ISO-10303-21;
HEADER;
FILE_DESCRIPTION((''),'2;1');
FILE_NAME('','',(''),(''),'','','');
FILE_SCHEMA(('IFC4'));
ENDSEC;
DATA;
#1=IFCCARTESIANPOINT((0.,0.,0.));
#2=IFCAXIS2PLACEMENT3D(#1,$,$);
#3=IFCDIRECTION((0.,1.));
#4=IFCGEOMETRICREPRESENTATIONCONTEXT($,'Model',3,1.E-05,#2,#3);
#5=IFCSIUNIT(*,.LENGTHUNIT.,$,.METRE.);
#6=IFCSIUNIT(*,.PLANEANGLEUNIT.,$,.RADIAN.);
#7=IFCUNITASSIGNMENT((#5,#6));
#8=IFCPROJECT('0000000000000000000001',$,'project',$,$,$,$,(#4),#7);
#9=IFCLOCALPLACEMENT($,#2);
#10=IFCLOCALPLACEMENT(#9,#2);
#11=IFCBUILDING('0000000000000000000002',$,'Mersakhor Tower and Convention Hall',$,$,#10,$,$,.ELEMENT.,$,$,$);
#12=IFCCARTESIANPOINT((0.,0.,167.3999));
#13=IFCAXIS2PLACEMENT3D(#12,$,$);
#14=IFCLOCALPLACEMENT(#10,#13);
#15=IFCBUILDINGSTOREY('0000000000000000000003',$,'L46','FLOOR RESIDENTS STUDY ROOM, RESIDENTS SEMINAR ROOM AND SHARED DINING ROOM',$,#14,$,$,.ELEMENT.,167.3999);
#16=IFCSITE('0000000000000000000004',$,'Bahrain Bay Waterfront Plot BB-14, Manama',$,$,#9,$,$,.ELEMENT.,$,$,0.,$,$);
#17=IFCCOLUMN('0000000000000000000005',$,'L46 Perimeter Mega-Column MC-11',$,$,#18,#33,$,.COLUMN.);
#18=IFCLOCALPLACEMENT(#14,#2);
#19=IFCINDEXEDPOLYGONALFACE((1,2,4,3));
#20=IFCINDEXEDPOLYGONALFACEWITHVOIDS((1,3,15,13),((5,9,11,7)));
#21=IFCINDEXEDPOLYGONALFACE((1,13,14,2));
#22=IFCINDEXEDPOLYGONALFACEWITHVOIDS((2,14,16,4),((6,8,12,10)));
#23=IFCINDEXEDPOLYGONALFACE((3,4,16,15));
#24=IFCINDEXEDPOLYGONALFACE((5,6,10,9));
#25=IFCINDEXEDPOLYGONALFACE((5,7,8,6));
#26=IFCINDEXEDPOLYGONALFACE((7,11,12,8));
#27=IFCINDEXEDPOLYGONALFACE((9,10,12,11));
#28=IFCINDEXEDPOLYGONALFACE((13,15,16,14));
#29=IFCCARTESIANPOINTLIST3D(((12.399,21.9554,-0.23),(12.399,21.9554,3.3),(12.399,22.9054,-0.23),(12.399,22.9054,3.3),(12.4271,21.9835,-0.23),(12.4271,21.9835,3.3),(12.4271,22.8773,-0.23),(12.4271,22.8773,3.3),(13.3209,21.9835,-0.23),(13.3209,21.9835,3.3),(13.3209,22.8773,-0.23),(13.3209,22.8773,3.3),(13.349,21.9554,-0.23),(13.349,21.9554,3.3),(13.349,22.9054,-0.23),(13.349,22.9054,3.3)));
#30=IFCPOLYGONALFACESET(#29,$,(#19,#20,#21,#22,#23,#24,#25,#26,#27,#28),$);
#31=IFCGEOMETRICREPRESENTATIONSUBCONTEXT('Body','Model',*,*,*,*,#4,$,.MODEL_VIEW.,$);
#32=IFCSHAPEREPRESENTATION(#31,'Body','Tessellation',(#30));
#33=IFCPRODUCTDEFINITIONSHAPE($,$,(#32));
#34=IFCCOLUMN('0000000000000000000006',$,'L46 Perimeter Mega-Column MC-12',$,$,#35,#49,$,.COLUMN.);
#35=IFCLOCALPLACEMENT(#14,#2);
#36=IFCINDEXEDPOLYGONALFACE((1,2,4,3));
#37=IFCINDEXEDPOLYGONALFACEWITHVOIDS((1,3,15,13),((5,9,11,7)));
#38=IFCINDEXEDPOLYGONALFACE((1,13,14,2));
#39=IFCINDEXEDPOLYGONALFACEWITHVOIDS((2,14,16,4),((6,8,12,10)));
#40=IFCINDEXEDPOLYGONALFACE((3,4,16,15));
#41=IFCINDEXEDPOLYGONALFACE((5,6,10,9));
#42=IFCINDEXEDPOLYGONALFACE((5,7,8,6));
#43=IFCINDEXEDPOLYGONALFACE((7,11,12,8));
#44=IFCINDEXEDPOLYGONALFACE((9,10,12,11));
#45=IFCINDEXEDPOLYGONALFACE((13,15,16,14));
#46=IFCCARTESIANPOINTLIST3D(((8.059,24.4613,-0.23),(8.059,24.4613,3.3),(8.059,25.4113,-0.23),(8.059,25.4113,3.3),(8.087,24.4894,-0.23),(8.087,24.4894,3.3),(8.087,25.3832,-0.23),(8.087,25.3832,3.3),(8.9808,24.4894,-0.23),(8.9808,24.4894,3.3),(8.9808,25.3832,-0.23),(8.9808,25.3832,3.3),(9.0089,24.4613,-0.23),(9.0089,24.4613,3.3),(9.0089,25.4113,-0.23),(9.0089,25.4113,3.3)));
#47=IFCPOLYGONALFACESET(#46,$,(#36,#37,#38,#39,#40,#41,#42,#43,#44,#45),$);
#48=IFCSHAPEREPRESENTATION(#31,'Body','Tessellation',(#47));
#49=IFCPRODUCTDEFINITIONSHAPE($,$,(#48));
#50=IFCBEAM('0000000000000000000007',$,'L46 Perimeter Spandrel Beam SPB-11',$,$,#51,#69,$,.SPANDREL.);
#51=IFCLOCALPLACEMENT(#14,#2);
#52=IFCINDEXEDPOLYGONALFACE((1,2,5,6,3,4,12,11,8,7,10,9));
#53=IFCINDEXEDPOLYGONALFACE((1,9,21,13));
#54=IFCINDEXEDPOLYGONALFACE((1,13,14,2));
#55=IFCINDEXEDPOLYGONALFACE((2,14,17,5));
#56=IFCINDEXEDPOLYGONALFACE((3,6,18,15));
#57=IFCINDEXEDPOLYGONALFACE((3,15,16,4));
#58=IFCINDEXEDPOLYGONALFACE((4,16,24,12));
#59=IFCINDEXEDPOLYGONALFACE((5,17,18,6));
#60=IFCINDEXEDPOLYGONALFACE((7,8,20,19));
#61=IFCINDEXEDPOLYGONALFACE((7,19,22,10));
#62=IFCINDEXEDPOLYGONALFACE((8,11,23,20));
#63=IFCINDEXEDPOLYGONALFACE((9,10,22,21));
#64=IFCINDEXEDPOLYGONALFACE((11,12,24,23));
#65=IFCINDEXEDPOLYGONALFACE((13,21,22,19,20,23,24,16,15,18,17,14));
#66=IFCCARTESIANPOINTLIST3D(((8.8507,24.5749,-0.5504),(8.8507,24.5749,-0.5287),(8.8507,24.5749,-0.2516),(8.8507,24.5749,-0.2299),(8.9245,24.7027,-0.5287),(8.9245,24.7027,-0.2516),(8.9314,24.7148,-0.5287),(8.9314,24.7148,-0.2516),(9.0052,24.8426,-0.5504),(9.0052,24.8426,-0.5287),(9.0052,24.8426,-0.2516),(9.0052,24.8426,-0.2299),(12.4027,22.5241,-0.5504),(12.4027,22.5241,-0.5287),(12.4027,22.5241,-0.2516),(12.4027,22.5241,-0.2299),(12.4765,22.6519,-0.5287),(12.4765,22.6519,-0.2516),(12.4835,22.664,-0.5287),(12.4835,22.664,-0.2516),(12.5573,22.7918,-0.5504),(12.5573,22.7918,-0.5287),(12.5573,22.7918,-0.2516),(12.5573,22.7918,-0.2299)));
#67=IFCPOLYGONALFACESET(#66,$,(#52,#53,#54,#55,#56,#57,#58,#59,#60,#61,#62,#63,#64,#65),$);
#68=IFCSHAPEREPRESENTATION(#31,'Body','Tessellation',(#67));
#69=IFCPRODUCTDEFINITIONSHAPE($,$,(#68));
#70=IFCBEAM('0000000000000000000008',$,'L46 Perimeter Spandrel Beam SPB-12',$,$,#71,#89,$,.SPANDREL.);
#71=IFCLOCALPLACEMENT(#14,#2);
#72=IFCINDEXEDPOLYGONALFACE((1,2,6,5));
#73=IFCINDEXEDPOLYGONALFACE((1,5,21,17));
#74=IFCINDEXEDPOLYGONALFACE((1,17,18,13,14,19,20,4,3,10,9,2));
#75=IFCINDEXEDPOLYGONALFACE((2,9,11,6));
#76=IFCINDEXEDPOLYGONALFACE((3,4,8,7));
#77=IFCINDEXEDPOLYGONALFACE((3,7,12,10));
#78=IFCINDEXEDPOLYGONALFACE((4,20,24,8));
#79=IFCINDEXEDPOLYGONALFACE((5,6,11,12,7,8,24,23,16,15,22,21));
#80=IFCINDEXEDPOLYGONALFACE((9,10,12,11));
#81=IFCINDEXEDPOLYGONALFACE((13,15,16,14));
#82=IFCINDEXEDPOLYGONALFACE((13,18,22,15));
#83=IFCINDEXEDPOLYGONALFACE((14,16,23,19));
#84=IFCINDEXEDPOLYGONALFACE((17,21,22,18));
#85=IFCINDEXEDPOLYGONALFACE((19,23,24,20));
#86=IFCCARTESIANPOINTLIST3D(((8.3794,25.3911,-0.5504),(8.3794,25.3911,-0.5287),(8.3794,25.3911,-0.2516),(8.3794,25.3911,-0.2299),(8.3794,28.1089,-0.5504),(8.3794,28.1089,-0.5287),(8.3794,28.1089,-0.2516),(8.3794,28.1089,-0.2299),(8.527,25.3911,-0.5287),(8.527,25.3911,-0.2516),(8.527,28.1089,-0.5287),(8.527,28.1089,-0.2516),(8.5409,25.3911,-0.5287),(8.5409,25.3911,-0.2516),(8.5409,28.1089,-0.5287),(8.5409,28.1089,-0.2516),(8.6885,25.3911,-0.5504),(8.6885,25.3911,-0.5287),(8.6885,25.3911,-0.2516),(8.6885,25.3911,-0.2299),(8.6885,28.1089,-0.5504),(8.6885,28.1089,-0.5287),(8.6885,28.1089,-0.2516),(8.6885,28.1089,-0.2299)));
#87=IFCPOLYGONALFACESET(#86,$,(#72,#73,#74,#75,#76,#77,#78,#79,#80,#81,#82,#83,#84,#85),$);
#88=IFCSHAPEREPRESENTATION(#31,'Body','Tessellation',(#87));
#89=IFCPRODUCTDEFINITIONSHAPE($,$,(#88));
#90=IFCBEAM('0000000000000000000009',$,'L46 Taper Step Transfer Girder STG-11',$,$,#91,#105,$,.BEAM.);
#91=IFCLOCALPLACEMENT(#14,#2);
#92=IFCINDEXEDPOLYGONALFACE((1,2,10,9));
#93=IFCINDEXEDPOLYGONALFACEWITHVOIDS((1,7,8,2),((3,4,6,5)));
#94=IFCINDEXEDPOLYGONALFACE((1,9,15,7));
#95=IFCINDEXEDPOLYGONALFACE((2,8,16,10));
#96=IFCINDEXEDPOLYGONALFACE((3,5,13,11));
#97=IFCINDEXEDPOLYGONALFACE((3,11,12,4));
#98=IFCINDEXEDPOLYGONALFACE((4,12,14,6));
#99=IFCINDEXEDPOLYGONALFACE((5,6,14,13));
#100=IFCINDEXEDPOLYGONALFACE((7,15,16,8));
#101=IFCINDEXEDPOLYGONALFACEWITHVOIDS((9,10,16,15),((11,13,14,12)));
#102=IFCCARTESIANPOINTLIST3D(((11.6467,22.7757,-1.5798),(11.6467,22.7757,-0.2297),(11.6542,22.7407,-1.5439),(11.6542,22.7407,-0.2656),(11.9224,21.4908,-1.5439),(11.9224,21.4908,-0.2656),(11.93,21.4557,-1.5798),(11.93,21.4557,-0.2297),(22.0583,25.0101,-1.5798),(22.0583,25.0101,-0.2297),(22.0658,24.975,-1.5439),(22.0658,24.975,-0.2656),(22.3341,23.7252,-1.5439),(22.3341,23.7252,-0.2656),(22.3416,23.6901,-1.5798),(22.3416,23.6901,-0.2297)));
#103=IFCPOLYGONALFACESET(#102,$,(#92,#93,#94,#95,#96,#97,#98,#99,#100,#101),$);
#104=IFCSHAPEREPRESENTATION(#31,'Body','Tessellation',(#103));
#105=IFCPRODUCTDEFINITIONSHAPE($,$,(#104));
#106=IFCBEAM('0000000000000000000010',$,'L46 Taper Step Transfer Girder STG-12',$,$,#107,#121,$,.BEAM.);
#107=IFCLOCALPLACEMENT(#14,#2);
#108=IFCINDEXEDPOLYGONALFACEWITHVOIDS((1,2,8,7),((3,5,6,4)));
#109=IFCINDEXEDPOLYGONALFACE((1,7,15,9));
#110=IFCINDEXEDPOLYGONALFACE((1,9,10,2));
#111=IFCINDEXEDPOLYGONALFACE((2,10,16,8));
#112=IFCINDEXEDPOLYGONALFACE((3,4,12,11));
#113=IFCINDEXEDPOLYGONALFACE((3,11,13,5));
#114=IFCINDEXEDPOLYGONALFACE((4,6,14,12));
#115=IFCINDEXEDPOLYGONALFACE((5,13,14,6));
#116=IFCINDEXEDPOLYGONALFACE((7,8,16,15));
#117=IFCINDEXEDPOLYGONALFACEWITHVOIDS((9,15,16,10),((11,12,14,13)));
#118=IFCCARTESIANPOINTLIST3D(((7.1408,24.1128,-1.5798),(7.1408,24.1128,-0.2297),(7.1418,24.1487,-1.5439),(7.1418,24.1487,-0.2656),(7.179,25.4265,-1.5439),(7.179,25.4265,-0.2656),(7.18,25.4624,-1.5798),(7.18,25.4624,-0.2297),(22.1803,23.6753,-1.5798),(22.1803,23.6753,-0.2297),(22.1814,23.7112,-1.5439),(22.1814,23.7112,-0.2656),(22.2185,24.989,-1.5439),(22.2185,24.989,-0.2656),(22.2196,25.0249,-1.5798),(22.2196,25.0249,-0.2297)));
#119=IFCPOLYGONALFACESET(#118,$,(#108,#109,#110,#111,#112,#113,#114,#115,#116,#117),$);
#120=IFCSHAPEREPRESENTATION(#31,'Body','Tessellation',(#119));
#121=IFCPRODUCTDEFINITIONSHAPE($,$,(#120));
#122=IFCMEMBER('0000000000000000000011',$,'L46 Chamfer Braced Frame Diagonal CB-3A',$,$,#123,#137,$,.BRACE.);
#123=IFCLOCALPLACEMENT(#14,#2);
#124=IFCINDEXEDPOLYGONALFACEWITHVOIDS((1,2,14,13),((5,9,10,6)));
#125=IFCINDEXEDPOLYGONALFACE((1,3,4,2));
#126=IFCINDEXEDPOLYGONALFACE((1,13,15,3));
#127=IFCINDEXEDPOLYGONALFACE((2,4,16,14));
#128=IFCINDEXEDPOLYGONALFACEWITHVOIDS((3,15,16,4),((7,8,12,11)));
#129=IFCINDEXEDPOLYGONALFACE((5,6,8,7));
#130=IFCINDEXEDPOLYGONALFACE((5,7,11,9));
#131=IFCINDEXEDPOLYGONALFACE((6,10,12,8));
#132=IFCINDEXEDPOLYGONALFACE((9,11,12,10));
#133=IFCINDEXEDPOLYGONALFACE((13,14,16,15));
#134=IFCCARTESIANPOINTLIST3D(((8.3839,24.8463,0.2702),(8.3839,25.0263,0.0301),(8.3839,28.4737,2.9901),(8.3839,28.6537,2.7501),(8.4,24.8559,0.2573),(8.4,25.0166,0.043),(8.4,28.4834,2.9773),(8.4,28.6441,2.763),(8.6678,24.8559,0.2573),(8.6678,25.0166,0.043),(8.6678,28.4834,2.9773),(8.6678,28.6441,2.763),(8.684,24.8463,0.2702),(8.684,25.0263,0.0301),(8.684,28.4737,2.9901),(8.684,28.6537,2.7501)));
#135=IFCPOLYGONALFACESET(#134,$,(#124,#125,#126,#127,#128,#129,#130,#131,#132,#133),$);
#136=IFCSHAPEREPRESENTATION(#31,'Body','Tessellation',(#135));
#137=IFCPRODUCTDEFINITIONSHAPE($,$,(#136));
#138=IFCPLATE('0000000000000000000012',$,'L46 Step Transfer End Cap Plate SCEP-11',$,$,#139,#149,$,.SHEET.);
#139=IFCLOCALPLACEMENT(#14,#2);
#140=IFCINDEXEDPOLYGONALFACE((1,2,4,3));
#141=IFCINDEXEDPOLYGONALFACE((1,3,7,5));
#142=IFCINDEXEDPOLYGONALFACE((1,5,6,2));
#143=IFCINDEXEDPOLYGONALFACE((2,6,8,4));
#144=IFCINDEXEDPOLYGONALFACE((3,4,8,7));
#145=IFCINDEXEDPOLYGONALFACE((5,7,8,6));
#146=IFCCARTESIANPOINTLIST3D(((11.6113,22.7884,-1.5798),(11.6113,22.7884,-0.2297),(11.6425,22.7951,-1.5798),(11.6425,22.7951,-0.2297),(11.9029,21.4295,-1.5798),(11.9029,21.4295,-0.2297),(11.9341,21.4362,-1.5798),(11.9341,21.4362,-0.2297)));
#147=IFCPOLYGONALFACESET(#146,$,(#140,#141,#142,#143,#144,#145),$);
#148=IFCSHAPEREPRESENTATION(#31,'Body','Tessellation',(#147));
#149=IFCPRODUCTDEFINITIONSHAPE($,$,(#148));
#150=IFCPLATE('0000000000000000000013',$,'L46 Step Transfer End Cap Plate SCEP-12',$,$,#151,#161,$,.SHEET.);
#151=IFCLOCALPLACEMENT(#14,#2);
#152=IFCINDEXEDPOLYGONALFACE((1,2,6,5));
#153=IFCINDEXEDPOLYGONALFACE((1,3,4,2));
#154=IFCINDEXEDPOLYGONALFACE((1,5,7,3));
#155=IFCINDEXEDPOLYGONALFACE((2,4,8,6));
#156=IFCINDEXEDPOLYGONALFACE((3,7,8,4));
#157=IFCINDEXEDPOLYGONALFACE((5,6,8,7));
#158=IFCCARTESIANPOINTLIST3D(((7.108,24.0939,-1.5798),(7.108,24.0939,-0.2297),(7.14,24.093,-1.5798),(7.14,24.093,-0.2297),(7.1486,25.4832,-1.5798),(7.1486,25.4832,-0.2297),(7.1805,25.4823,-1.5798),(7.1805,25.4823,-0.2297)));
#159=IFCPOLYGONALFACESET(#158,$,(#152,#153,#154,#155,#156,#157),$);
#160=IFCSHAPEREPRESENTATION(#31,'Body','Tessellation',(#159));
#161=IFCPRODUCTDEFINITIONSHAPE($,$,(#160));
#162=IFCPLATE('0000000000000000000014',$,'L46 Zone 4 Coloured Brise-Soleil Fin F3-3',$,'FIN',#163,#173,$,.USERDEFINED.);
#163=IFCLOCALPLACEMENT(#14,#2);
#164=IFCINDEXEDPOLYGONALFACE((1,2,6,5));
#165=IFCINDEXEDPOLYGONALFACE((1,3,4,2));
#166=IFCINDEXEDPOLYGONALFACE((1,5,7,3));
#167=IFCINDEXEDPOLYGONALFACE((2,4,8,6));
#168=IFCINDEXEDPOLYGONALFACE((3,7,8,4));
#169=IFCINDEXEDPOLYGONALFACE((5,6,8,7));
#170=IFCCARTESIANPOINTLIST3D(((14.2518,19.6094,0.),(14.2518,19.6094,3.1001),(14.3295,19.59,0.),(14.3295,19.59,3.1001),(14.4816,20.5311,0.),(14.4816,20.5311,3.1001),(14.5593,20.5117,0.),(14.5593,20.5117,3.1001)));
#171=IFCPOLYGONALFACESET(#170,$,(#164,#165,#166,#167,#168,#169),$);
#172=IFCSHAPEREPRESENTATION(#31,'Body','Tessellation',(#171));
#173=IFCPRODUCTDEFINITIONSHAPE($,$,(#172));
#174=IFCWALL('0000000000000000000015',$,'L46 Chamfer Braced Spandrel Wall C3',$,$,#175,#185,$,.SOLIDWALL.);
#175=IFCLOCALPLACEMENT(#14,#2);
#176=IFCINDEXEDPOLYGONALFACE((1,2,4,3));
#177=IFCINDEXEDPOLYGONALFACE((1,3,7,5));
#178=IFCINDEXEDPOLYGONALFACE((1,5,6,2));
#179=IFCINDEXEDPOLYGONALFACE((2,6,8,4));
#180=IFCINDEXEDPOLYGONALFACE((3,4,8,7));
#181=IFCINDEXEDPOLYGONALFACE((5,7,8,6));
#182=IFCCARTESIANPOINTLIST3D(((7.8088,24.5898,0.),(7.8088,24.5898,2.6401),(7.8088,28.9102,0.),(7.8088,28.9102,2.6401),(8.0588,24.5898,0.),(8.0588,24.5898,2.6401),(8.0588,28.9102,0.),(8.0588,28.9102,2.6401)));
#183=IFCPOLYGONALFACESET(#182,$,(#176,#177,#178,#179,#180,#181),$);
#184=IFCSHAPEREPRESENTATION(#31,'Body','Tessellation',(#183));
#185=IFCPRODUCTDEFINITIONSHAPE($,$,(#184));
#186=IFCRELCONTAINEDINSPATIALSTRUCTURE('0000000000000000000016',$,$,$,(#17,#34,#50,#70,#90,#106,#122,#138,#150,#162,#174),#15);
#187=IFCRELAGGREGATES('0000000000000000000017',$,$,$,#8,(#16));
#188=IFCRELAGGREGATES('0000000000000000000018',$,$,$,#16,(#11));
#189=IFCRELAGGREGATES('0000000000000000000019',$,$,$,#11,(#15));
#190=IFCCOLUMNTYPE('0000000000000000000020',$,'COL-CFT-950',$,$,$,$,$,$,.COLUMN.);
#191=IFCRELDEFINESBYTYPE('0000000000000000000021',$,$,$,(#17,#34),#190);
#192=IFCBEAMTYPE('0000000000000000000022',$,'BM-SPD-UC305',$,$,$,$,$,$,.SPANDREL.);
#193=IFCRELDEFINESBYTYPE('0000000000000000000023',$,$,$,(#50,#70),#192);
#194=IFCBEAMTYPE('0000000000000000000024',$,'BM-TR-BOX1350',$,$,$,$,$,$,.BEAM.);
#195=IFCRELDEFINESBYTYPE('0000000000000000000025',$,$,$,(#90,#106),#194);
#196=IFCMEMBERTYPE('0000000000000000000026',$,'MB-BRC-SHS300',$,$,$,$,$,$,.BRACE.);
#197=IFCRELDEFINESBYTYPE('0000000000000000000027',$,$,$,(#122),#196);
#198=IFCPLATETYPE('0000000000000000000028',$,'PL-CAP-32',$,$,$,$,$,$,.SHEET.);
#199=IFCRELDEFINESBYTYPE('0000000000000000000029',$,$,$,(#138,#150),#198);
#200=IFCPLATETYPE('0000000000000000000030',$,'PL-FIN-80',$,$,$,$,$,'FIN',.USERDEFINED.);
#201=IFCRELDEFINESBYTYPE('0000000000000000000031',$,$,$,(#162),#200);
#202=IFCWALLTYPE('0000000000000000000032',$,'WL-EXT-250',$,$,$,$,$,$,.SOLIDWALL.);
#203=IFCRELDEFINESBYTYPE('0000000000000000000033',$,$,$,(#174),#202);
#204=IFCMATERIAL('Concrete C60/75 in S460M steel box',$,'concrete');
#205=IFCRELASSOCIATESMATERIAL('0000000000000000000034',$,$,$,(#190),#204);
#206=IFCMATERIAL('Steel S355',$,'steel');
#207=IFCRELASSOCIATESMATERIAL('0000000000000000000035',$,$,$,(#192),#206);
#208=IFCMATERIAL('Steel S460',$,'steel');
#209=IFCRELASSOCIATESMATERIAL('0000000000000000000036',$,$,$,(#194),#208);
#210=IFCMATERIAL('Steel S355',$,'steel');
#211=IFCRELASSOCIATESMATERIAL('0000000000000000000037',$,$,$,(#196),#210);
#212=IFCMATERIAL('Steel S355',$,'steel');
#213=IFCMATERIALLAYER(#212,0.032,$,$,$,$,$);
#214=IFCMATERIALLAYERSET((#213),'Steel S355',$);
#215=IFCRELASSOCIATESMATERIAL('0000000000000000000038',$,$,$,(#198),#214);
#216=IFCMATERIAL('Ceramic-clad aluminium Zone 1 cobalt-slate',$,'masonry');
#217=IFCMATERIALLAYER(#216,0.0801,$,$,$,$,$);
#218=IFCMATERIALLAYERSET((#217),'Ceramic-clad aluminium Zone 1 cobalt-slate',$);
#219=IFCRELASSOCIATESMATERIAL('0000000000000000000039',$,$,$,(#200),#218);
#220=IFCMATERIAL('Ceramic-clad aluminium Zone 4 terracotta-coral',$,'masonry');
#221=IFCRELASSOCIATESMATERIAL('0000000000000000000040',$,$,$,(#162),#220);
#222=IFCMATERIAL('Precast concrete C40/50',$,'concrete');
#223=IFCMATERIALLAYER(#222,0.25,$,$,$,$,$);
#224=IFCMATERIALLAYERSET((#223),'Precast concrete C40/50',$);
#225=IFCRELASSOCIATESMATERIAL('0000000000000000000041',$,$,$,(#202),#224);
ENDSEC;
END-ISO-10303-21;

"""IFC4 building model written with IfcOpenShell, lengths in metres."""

from ifc_helpers import new_model, si_unit, direction, frame, frame_2d, origin, origin_2d, place, context, subcontext, project, spatial, rectangle, hollow_rectangle, i_section, extrude, material, layer, layer_set, material_profile, profile_set, type_object, element, save


model = new_model("IFC4")

# Units and contexts
model_context = context("Model", 3, precision=1e-05, world=origin(), true_north=direction((0.0, 1.0)))
body_context = subcontext(model_context, "Body", "Model", "MODEL_VIEW")
ifc_project = project(units=[si_unit("LENGTHUNIT", "METRE"), si_unit("PLANEANGLEUNIT", "RADIAN")], contexts=[model_context])

# Site, building, storey
site_placement = place(None, origin())
site = spatial("IfcSite", under=ifc_project, at=site_placement, Name="Bahrain Bay Waterfront Plot BB-14, Manama", CompositionType="ELEMENT", RefElevation=0.0)
building_placement = place(site_placement, origin())
building = spatial("IfcBuilding", under=site, at=building_placement, Name="Mersakhor Tower and Convention Hall", CompositionType="ELEMENT")
storey_placement = place(building_placement, frame((0.0, 0.0, 167.3999)))
storey = spatial("IfcBuildingStorey", under=building, at=storey_placement, Name="L46", Description="FLOOR RESIDENTS STUDY ROOM, RESIDENTS SEMINAR ROOM AND SHARED DINING ROOM", CompositionType="ELEMENT", Elevation=167.3999)

# Columns
ifc_material_1 = material(Name="Concrete C60/75 in S460M steel box", Category="concrete")
ifc_material_profile_1 = material_profile(ifc_material_1, hollow_rectangle(XDim=0.95, YDim=0.95, WallThickness=0.0281, at=origin_2d()), Name="SHS 950x950x28")
ifc_profile_set_1 = profile_set([ifc_material_profile_1], Name="Concrete C60/75 in S460M steel box")
column_type = type_object("IfcColumnType", Name="COL-CFT-950", PredefinedType="COLUMN", material=ifc_profile_set_1)
for number, where, z_axis, x_axis, name in (
    (1, (12.874, 22.4304, -0.23), (0.0, 0.0, 1.0), (1.0, 0.0, 0.0), "L46 Perimeter Mega-Column MC-11"),
    (2, (8.5339, 24.9363, -0.23), (0.0, 0.0, 1.0), (1.0, 0.0, 0.0), "L46 Perimeter Mega-Column MC-12"),
):
    element("IfcColumn", number, at=place(storey_placement, frame(where, z_axis=z_axis, x_axis=x_axis)), inside=storey, type_object=column_type, Name=name, PredefinedType="COLUMN", context=body_context, shape_type="SweptSolid", body=[
        extrude(hollow_rectangle(XDim=0.95, YDim=0.95, WallThickness=0.0281, at=origin_2d()), origin(), (0.0, 0.0, 1.0), 3.53),
    ])

# Beams
ifc_material_2 = material(Name="Steel S355", Category="steel")
ifc_material_profile_2 = material_profile(ifc_material_2, i_section(OverallWidth=0.3091, OverallDepth=0.3206, WebThickness=0.0139, FlangeThickness=0.0217, at=origin_2d()), Name="UC 305x305x137")
ifc_profile_set_2 = profile_set([ifc_material_profile_2], Name="Steel S355")
beam_type_1 = type_object("IfcBeamType", Name="BM-SPD-UC305", PredefinedType="SPANDREL", material=ifc_profile_set_2)
beam_1_placement = place(storey_placement, frame((12.48, 22.658, -0.3901), z_axis=(-0.866022, 0.500006, 0.0), x_axis=(-0.500006, -0.866022, 0.0)))
element("IfcBeam", 3, at=beam_1_placement, inside=storey, type_object=beam_type_1, Name="L46 Perimeter Spandrel Beam SPB-11", PredefinedType="SPANDREL", context=body_context, shape_type="SweptSolid", body=[
    extrude(i_section(OverallWidth=0.3091, OverallDepth=0.3206, WebThickness=0.0139, FlangeThickness=0.0217, at=origin_2d()), origin(), (0.0, 0.0, 1.0), 4.1016),
])
beam_2_placement = place(storey_placement, frame((8.5339, 25.3911, -0.3901), z_axis=(0.0, 1.0, 0.0), x_axis=(-1.0, 0.0, 0.0)))
element("IfcBeam", 4, at=beam_2_placement, inside=storey, type_object=beam_type_1, Name="L46 Perimeter Spandrel Beam SPB-12", PredefinedType="SPANDREL", context=body_context, shape_type="SweptSolid", body=[
    extrude(i_section(OverallWidth=0.3091, OverallDepth=0.3206, WebThickness=0.0139, FlangeThickness=0.0217, at=origin_2d()), origin(), (0.0, 0.0, 1.0), 2.7178),
])
ifc_material_3 = material(Name="Steel S460", Category="steel")
ifc_material_profile_3 = material_profile(ifc_material_3, hollow_rectangle(XDim=1.3501, YDim=1.3501, WallThickness=0.0359, at=origin_2d()), Name="SHS 1350x1350x36")
ifc_profile_set_3 = profile_set([ifc_material_profile_3], Name="Steel S460")
beam_type_2 = type_object("IfcBeamType", Name="BM-TR-BOX1350", PredefinedType="BEAM", material=ifc_profile_set_3)
beam_3_placement = place(storey_placement, frame((11.7883, 22.1157, -0.9048), z_axis=(0.977739, 0.209827, 0.0), x_axis=(-0.209827, 0.977739, 0.0)))
element("IfcBeam", 5, at=beam_3_placement, inside=storey, type_object=beam_type_2, Name="L46 Taper Step Transfer Girder STG-11", PredefinedType="BEAM", context=body_context, shape_type="SweptSolid", body=[
    extrude(hollow_rectangle(XDim=1.3501, YDim=1.3501, WallThickness=0.0359, at=origin_2d()), origin(), (0.0, 0.0, 1.0), 10.6487),
])
beam_4_placement = place(storey_placement, frame((7.1604, 24.7876, -0.9048), z_axis=(0.999577, -0.029078, 0.0), x_axis=(0.029078, 0.999577, 0.0)))
element("IfcBeam", 6, at=beam_4_placement, inside=storey, type_object=beam_type_2, Name="L46 Taper Step Transfer Girder STG-12", PredefinedType="BEAM", context=body_context, shape_type="SweptSolid", body=[
    extrude(hollow_rectangle(XDim=1.3501, YDim=1.3501, WallThickness=0.0359, at=origin_2d()), origin(), (0.0, 0.0, 1.0), 15.0459),
])

# Member
ifc_material_4 = material(Name="Steel S355", Category="steel")
ifc_material_profile_4 = material_profile(ifc_material_4, hollow_rectangle(XDim=0.3, YDim=0.3, WallThickness=0.0161, at=origin_2d()), Name="SHS 300x300x16")
ifc_profile_set_4 = profile_set([ifc_material_profile_4], Name="Steel S355")
member_type = type_object("IfcMemberType", Name="MB-BRC-SHS300", PredefinedType="BRACE", material=ifc_profile_set_4)
member_placement = place(storey_placement, frame((8.5339, 24.9363, 0.1501), z_axis=(0.0, 0.800065, 0.599914), x_axis=(-1.0, 0.0, 0.0)))
element("IfcMember", 7, at=member_placement, inside=storey, type_object=member_type, Name="L46 Chamfer Braced Frame Diagonal CB-3A", PredefinedType="BRACE", context=body_context, shape_type="SweptSolid", body=[
    extrude(hollow_rectangle(XDim=0.3, YDim=0.3, WallThickness=0.0161, at=origin_2d()), origin(), (0.0, 0.0, 1.0), 4.5339),
])

# Plates
ifc_material_5 = material(Name="Steel S355", Category="steel")
ifc_layer_1 = layer(ifc_material_5, 0.032)
ifc_layer_set_1 = layer_set([ifc_layer_1], Name="Steel S355")
plate_type_1 = type_object("IfcPlateType", Name="PL-CAP-32", PredefinedType="SHEET", material=ifc_layer_set_1)
for number, where, z_axis, x_axis, name in (
    (8, (11.7727, 22.1123, -1.5798), (0.0, 0.0, 1.0), (0.977747, 0.209789, 0.0), "L46 Step Transfer End Cap Plate SCEP-11"),
    (9, (7.1443, 24.7881, -1.5798), (0.0, 0.0, 1.0), (0.999575, -0.029143, 0.0), "L46 Step Transfer End Cap Plate SCEP-12"),
):
    element("IfcPlate", number, at=place(storey_placement, frame(where, z_axis=z_axis, x_axis=x_axis)), inside=storey, type_object=plate_type_1, Name=name, PredefinedType="SHEET", context=body_context, shape_type="SweptSolid", body=[
        extrude(rectangle(XDim=0.032, YDim=1.3899, at=origin_2d()), origin(), (0.0, 0.0, 1.0), 1.3501),
    ])
ifc_material_6 = material(Name="Ceramic-clad aluminium Zone 4 terracotta-coral", Category="masonry")
ifc_material_7 = material(Name="Ceramic-clad aluminium Zone 1 cobalt-slate", Category="masonry")
ifc_layer_2 = layer(ifc_material_7, 0.0801)
ifc_layer_set_2 = layer_set([ifc_layer_2], Name="Ceramic-clad aluminium Zone 1 cobalt-slate")
plate_type_2 = type_object("IfcPlateType", Name="PL-FIN-80", ElementType="FIN", PredefinedType="USERDEFINED", material=ifc_layer_set_2)
plate_placement = place(storey_placement, frame((14.4055, 20.0605, 0.0), z_axis=(0.0, 0.0, 1.0), x_axis=(-0.241922, -0.970296, 0.0)))
element("IfcPlate", 10, at=plate_placement, inside=storey, type_object=plate_type_2, material=ifc_material_6, Name="L46 Zone 4 Coloured Brise-Soleil Fin F3-3", ObjectType="FIN", PredefinedType="USERDEFINED", context=body_context, shape_type="SweptSolid", body=[
    extrude(rectangle(XDim=0.95, YDim=0.0801, at=origin_2d()), origin(), (0.0, 0.0, 1.0), 3.1001),
])

# Wall
ifc_material_8 = material(Name="Precast concrete C40/50", Category="concrete")
ifc_layer_3 = layer(ifc_material_8, 0.25)
ifc_layer_set_3 = layer_set([ifc_layer_3], Name="Precast concrete C40/50")
wall_type_1 = type_object("IfcWallType", Name="WL-EXT-250", PredefinedType="SOLIDWALL", material=ifc_layer_set_3)
wall_1_placement = place(storey_placement, frame((7.9338, 24.5898, 0.0), z_axis=(0.0, 0.0, 1.0), x_axis=(0.0, 1.0, 0.0)))
element("IfcWall", 11, at=wall_1_placement, inside=storey, type_object=wall_type_1, Name="L46 Chamfer Braced Spandrel Wall C3", PredefinedType="SOLIDWALL", context=body_context, shape_type="SweptSolid", body=[
    extrude(rectangle(XDim=4.3203, YDim=0.25, at=frame_2d((2.1602, 0.0))), origin(), (0.0, 0.0, 1.0), 2.6401),
])

save(model, "model.ifc")
